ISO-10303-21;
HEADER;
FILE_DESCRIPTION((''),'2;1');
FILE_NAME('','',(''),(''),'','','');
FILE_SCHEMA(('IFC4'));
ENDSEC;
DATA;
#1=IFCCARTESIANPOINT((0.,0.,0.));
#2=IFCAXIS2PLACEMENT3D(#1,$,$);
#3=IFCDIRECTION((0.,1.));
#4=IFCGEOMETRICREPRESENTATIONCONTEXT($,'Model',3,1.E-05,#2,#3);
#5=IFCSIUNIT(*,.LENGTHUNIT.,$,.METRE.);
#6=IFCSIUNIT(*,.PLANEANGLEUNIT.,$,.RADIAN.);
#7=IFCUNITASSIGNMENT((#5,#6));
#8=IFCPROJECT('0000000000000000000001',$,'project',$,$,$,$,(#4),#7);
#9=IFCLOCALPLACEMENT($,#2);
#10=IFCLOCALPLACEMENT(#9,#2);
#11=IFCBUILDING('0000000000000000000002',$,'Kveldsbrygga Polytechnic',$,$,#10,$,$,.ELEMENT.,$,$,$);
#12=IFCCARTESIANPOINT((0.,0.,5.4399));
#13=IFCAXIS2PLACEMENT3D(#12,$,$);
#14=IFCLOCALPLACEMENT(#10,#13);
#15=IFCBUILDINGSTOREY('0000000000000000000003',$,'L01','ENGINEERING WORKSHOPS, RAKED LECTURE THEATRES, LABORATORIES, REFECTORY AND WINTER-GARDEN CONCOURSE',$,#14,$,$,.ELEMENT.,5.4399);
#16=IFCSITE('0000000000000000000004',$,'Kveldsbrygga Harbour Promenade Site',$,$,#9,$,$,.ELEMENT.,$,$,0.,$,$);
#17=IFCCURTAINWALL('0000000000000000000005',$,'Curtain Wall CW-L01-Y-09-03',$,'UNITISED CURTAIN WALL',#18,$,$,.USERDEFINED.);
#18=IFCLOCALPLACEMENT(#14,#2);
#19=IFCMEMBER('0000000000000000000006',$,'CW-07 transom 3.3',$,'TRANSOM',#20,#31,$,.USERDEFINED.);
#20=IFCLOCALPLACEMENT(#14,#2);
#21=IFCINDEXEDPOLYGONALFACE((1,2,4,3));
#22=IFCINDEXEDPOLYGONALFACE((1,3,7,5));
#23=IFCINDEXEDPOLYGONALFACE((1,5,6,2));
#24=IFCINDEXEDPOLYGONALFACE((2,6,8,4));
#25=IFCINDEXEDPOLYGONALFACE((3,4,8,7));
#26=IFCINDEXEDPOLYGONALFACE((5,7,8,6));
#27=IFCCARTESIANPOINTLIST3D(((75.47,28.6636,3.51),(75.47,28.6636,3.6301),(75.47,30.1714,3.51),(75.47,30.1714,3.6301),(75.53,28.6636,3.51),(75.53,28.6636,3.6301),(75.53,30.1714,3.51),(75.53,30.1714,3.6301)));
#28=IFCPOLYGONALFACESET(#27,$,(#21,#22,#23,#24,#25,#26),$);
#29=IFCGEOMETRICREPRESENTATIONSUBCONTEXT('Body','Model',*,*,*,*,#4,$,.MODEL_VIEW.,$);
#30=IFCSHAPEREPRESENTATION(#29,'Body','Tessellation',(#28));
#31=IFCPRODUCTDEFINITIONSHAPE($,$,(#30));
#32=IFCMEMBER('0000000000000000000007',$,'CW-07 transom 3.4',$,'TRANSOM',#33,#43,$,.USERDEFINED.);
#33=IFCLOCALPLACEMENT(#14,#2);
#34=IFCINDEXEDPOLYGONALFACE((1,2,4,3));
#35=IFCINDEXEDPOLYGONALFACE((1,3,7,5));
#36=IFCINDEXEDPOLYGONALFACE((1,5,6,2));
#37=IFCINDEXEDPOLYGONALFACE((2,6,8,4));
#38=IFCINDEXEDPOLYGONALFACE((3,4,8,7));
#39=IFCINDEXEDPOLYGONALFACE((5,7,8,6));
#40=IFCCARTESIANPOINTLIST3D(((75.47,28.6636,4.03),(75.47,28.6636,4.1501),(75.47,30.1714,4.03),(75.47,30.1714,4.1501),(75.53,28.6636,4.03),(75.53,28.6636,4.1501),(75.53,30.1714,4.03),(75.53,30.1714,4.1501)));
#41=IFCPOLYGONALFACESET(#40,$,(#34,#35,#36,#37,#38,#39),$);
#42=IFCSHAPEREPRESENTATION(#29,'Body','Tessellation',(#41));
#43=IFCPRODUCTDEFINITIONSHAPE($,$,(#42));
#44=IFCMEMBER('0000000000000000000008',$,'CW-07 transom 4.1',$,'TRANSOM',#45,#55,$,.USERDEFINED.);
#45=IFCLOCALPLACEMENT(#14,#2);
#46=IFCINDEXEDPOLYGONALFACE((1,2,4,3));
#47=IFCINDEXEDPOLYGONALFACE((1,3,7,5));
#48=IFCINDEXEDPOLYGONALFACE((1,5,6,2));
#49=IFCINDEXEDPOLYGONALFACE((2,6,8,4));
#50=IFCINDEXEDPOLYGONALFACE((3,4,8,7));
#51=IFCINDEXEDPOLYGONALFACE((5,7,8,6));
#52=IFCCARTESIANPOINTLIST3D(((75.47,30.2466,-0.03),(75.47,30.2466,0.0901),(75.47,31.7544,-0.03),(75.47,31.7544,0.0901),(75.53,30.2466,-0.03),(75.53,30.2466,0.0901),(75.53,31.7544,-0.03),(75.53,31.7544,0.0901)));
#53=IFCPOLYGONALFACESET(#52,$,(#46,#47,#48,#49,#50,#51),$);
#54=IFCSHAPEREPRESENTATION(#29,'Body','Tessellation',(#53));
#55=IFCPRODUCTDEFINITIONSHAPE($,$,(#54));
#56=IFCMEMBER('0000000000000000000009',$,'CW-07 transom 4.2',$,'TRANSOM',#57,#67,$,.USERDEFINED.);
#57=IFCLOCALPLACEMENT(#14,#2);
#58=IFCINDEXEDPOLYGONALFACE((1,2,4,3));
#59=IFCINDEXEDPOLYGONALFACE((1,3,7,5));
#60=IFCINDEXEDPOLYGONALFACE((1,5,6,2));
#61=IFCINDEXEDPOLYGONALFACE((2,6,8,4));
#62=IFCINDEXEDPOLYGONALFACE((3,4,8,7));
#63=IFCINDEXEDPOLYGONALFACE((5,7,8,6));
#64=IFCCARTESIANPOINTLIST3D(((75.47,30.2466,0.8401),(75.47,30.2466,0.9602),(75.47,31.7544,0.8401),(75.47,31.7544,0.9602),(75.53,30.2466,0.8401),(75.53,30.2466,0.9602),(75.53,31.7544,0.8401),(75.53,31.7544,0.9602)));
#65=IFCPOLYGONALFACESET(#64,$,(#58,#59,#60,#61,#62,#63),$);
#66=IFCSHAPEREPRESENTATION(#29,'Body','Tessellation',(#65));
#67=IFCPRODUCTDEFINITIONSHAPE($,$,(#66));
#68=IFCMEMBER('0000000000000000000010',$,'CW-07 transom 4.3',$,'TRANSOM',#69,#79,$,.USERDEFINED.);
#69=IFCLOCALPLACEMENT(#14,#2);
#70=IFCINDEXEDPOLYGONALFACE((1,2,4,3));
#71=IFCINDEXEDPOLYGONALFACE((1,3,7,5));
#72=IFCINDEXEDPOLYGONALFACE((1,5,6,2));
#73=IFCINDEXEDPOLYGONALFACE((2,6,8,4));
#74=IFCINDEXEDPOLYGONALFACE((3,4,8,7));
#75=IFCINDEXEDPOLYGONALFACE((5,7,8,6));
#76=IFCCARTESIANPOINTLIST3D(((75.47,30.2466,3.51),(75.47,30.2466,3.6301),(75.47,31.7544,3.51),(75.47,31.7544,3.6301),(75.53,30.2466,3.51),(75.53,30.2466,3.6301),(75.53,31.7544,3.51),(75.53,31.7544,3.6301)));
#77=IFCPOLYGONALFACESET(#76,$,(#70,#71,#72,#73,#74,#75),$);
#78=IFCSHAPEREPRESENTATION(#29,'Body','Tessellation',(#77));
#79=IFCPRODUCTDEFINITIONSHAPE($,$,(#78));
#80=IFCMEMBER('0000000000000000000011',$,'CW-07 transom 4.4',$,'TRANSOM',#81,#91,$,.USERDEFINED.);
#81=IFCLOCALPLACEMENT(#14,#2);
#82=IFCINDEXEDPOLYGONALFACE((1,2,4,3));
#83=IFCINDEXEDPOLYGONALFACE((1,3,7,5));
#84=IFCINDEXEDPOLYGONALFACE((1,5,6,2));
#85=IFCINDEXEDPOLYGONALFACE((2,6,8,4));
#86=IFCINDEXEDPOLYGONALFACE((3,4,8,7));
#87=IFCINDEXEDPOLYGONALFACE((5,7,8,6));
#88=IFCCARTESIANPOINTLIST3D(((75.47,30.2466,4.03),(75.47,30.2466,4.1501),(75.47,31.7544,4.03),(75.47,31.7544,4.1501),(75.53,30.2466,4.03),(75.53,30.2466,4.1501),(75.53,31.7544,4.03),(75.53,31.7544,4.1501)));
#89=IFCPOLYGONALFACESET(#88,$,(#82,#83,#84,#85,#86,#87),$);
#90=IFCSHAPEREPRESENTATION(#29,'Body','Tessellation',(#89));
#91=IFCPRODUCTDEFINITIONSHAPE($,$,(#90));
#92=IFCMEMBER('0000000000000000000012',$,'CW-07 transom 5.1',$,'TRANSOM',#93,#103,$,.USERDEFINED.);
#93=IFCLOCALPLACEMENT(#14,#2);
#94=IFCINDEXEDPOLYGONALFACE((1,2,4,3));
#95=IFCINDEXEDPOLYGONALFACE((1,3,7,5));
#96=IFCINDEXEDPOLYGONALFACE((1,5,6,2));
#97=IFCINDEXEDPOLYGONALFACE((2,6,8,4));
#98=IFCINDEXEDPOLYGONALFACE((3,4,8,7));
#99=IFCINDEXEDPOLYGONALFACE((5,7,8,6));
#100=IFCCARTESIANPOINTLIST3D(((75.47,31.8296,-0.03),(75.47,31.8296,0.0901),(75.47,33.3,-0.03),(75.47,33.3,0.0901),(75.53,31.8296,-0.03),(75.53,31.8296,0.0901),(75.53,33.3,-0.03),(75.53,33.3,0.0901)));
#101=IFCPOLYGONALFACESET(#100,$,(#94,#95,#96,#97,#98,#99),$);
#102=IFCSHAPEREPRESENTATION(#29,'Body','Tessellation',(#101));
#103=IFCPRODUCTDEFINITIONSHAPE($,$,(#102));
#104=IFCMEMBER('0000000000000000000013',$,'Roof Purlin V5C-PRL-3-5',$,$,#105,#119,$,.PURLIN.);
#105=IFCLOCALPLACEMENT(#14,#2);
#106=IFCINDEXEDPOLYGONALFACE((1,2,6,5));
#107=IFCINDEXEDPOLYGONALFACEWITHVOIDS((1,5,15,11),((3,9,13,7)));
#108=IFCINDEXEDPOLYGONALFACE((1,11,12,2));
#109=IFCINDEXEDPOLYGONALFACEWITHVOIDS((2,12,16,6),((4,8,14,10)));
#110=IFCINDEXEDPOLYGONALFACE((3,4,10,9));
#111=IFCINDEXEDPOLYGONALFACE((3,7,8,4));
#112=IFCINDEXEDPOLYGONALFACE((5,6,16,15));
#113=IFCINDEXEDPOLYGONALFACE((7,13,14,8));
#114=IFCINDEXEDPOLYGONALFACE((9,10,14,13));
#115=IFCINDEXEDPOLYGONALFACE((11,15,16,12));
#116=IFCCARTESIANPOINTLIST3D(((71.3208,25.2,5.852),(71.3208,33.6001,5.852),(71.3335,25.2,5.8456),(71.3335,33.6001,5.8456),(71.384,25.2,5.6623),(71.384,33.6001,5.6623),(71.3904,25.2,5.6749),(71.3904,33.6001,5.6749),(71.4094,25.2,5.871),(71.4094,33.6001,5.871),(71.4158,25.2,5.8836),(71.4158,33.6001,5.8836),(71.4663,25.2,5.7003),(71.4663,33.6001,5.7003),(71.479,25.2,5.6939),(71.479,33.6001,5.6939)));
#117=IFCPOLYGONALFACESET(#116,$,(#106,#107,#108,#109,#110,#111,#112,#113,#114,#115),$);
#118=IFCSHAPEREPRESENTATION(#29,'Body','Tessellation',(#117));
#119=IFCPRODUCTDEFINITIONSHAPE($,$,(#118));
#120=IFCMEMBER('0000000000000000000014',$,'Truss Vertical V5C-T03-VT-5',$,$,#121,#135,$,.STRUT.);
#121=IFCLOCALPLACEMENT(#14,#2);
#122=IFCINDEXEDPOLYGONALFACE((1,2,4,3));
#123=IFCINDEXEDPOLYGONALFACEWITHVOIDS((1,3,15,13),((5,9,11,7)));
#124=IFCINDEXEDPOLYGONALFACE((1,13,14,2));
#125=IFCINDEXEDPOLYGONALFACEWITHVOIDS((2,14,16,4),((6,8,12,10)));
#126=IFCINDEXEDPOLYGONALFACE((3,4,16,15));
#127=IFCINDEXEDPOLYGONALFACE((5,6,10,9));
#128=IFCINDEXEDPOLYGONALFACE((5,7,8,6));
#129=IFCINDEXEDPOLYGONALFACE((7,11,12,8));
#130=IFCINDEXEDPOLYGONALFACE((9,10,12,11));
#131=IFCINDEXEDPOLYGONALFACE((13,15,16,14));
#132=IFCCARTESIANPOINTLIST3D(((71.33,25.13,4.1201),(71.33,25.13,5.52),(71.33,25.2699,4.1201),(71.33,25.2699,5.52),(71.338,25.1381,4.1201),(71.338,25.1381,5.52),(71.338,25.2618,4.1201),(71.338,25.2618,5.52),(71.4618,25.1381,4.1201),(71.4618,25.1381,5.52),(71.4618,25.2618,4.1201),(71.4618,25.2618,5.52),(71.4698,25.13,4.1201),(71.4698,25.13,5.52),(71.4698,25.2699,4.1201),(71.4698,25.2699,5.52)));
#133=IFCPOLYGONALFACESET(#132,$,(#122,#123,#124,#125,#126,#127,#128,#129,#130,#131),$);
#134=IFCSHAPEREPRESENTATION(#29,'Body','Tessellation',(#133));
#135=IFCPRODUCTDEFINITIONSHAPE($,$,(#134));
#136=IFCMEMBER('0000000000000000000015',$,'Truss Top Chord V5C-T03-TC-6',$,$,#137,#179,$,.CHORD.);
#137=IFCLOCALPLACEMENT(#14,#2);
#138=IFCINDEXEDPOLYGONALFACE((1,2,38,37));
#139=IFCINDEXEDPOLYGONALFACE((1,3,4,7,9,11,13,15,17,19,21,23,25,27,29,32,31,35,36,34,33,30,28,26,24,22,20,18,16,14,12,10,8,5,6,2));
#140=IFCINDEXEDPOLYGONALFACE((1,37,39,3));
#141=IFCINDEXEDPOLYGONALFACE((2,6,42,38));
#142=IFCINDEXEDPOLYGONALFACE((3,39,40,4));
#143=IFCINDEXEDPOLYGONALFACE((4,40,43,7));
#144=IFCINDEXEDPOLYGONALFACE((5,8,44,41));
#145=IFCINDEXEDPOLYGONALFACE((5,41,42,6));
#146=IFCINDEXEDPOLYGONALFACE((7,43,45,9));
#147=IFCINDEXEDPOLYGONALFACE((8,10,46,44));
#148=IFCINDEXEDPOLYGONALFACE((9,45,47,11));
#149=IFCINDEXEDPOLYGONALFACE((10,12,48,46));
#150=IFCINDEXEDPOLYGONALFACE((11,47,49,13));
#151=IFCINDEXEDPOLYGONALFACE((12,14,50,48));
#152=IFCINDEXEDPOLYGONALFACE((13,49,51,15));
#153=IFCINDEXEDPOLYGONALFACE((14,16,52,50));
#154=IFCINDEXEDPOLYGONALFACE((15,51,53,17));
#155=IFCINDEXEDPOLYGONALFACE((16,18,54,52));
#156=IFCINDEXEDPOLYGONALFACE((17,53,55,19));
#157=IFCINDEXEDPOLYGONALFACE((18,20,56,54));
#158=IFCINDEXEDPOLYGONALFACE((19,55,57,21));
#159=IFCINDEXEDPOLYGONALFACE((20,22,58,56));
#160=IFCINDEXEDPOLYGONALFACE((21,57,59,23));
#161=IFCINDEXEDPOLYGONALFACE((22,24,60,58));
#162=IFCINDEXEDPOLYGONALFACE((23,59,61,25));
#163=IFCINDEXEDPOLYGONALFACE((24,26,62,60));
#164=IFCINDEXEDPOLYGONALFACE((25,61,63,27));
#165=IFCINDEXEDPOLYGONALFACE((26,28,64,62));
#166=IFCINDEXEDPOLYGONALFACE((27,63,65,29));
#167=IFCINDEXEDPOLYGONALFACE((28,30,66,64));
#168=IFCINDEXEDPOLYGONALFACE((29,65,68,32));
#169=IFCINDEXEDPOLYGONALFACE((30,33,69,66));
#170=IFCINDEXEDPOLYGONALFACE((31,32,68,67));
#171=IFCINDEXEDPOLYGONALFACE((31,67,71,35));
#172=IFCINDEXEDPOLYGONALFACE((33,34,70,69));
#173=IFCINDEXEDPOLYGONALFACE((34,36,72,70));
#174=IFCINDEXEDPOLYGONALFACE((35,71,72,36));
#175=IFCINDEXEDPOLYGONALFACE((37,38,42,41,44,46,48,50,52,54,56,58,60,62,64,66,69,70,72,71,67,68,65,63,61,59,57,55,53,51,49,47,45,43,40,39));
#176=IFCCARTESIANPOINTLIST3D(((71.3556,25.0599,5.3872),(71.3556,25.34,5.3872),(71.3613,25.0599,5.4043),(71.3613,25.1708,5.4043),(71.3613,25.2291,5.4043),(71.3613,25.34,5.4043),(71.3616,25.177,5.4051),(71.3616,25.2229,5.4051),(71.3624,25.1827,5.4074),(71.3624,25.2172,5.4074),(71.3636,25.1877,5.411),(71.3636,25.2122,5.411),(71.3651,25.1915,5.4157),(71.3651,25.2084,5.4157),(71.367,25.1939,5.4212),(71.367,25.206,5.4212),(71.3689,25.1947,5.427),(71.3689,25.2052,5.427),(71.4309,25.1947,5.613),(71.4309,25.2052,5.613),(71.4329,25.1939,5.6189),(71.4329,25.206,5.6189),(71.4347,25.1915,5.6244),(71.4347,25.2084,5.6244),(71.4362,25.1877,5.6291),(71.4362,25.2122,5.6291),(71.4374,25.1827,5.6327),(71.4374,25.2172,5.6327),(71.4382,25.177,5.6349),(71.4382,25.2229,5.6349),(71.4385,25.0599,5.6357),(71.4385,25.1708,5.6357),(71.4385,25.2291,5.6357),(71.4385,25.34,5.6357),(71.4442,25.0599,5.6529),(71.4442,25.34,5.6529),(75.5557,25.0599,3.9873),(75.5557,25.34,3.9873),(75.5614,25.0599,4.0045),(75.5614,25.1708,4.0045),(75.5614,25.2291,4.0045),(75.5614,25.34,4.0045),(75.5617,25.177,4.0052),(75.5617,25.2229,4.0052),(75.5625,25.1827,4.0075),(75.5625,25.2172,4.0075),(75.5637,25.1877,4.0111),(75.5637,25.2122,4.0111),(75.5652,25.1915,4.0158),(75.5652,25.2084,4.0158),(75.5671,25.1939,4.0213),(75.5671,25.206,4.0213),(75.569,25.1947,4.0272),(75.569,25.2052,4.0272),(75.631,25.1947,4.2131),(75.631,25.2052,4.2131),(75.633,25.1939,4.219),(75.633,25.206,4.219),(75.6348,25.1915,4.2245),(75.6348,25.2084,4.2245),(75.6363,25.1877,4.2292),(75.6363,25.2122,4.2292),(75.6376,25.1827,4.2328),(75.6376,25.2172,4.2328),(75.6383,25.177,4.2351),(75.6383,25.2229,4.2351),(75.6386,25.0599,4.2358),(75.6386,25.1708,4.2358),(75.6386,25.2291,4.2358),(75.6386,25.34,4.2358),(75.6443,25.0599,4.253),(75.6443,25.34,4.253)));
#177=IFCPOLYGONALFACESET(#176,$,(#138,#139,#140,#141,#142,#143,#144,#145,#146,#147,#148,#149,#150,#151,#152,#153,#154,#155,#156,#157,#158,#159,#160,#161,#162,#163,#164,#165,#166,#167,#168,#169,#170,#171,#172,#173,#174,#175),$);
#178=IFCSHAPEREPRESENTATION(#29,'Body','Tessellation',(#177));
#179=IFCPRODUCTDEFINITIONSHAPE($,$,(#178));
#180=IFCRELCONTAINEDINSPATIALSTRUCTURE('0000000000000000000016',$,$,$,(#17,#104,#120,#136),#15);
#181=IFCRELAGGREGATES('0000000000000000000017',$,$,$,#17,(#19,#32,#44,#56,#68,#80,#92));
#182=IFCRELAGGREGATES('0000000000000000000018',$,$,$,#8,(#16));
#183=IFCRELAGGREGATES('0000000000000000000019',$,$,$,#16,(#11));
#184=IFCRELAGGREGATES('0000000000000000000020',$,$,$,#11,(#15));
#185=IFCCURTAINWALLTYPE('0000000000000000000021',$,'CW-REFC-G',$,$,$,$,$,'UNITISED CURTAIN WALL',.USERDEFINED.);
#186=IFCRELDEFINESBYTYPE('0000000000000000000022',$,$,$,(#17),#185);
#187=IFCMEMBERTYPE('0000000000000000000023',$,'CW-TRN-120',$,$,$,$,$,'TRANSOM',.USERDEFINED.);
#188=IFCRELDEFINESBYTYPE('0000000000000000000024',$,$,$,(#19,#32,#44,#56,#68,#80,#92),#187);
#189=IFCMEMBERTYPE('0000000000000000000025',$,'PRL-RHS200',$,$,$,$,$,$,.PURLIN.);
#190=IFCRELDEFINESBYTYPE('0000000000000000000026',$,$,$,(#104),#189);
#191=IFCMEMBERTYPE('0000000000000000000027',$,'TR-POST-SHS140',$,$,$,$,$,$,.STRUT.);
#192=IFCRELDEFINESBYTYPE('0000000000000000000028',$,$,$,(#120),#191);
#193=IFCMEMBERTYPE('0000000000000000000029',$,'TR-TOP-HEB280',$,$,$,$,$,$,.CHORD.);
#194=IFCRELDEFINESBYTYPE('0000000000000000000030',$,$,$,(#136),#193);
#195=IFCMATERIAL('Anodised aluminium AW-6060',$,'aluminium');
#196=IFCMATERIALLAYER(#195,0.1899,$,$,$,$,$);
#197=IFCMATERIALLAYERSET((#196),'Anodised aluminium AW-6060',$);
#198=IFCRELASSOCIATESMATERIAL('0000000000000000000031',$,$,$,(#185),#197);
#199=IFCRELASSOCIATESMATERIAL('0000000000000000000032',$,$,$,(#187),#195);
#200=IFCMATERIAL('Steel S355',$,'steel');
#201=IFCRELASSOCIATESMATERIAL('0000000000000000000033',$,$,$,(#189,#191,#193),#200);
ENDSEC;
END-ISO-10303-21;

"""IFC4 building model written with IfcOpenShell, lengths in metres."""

from ifc_helpers import new_model, si_unit, direction, frame, origin, origin_2d, place, context, subcontext, project, spatial, rectangle, hollow_rectangle, i_section, extrude, material, layer, layer_set, material_profile, profile_set, type_object, element, aggregate, save


model = new_model("IFC4")

# Units and contexts
model_context = context("Model", 3, precision=1e-05, world=origin(), true_north=direction((0.0, 1.0)))
body_context = subcontext(model_context, "Body", "Model", "MODEL_VIEW")
ifc_project = project(units=[si_unit("LENGTHUNIT", "METRE"), si_unit("PLANEANGLEUNIT", "RADIAN")], contexts=[model_context])

# Site, building, storey
site_placement = place(None, origin())
site = spatial("IfcSite", under=ifc_project, at=site_placement, Name="Kveldsbrygga Harbour Promenade Site", CompositionType="ELEMENT", RefElevation=0.0)
building_placement = place(site_placement, origin())
building = spatial("IfcBuilding", under=site, at=building_placement, Name="Kveldsbrygga Polytechnic", CompositionType="ELEMENT")
storey_placement = place(building_placement, frame((0.0, 0.0, 5.4399)))
storey = spatial("IfcBuildingStorey", under=building, at=storey_placement, Name="L01", Description="ENGINEERING WORKSHOPS, RAKED LECTURE THEATRES, LABORATORIES, REFECTORY AND WINTER-GARDEN CONCOURSE", CompositionType="ELEMENT", Elevation=5.4399)

# Curtain wall, members
ifc_material_1 = material(Name="Anodised aluminium AW-6060", Category="aluminium")
ifc_layer_1 = layer(ifc_material_1, 0.1899)
ifc_layer_set_1 = layer_set([ifc_layer_1], Name="Anodised aluminium AW-6060")
curtain_wall_type = type_object("IfcCurtainWallType", Name="CW-REFC-G", ElementType="UNITISED CURTAIN WALL", PredefinedType="USERDEFINED", material=ifc_layer_set_1)
curtain_wall_placement = place(storey_placement, origin())
curtain_wall = element("IfcCurtainWall", 1, at=curtain_wall_placement, inside=storey, type_object=curtain_wall_type, Name="Curtain Wall CW-L01-Y-09-03", ObjectType="UNITISED CURTAIN WALL", PredefinedType="USERDEFINED")
ifc_material_profile_1 = material_profile(ifc_material_1, rectangle(XDim=0.0601, YDim=0.1201, at=origin_2d()), Name="ALU 60x120")
ifc_profile_set_1 = profile_set([ifc_material_profile_1], Name="Anodised aluminium AW-6060")
member_type_1 = type_object("IfcMemberType", Name="CW-TRN-120", ElementType="TRANSOM", PredefinedType="USERDEFINED", material=ifc_profile_set_1)
member_1_placement = place(storey_placement, frame((75.5, 28.6636, 3.5701), z_axis=(0.0, 1.0, 0.0), x_axis=(-1.0, 0.0, 0.0)))
member_1 = element("IfcMember", 2, at=member_1_placement, type_object=member_type_1, Name="CW-07 transom 3.3", ObjectType="TRANSOM", PredefinedType="USERDEFINED", context=body_context, shape_type="SweptSolid", body=[
    extrude(rectangle(XDim=0.0601, YDim=0.1201, at=origin_2d()), origin(), (0.0, 0.0, 1.0), 1.5078),
])
member_2_placement = place(storey_placement, frame((75.5, 28.6636, 4.0901), z_axis=(0.0, 1.0, 0.0), x_axis=(-1.0, 0.0, 0.0)))
member_2 = element("IfcMember", 3, at=member_2_placement, type_object=member_type_1, Name="CW-07 transom 3.4", ObjectType="TRANSOM", PredefinedType="USERDEFINED", context=body_context, shape_type="SweptSolid", body=[
    extrude(rectangle(XDim=0.0601, YDim=0.1201, at=origin_2d()), origin(), (0.0, 0.0, 1.0), 1.5078),
])
member_3_placement = place(storey_placement, frame((75.5, 30.2466, 0.03), z_axis=(0.0, 1.0, 0.0), x_axis=(-1.0, 0.0, 0.0)))
member_3 = element("IfcMember", 4, at=member_3_placement, type_object=member_type_1, Name="CW-07 transom 4.1", ObjectType="TRANSOM", PredefinedType="USERDEFINED", context=body_context, shape_type="SweptSolid", body=[
    extrude(rectangle(XDim=0.0601, YDim=0.1201, at=origin_2d()), origin(), (0.0, 0.0, 1.0), 1.5078),
])
member_4_placement = place(storey_placement, frame((75.5, 30.2466, 0.9001), z_axis=(0.0, 1.0, 0.0), x_axis=(-1.0, 0.0, 0.0)))
member_4 = element("IfcMember", 5, at=member_4_placement, type_object=member_type_1, Name="CW-07 transom 4.2", ObjectType="TRANSOM", PredefinedType="USERDEFINED", context=body_context, shape_type="SweptSolid", body=[
    extrude(rectangle(XDim=0.0601, YDim=0.1201, at=origin_2d()), origin(), (0.0, 0.0, 1.0), 1.5078),
])
member_5_placement = place(storey_placement, frame((75.5, 30.2466, 3.5701), z_axis=(0.0, 1.0, 0.0), x_axis=(-1.0, 0.0, 0.0)))
member_5 = element("IfcMember", 6, at=member_5_placement, type_object=member_type_1, Name="CW-07 transom 4.3", ObjectType="TRANSOM", PredefinedType="USERDEFINED", context=body_context, shape_type="SweptSolid", body=[
    extrude(rectangle(XDim=0.0601, YDim=0.1201, at=origin_2d()), origin(), (0.0, 0.0, 1.0), 1.5078),
])
member_6_placement = place(storey_placement, frame((75.5, 30.2466, 4.0901), z_axis=(0.0, 1.0, 0.0), x_axis=(-1.0, 0.0, 0.0)))
member_6 = element("IfcMember", 7, at=member_6_placement, type_object=member_type_1, Name="CW-07 transom 4.4", ObjectType="TRANSOM", PredefinedType="USERDEFINED", context=body_context, shape_type="SweptSolid", body=[
    extrude(rectangle(XDim=0.0601, YDim=0.1201, at=origin_2d()), origin(), (0.0, 0.0, 1.0), 1.5078),
])
member_7_placement = place(storey_placement, frame((75.5, 31.8296, 0.03), z_axis=(0.0, 1.0, 0.0), x_axis=(-1.0, 0.0, 0.0)))
member_7 = element("IfcMember", 8, at=member_7_placement, type_object=member_type_1, Name="CW-07 transom 5.1", ObjectType="TRANSOM", PredefinedType="USERDEFINED", context=body_context, shape_type="SweptSolid", body=[
    extrude(rectangle(XDim=0.0601, YDim=0.1201, at=origin_2d()), origin(), (0.0, 0.0, 1.0), 1.4705),
])

# Members
ifc_material_2 = material(Name="Steel S355", Category="steel")
ifc_material_profile_2 = material_profile(ifc_material_2, hollow_rectangle(XDim=0.1001, YDim=0.2, WallThickness=0.01, at=origin_2d()), Name="RHS 200x100x10.0")
ifc_profile_set_2 = profile_set([ifc_material_profile_2], Name="Steel S355")
member_type_2 = type_object("IfcMemberType", Name="PRL-RHS200", PredefinedType="PURLIN", material=ifc_profile_set_2)
member_8_placement = place(storey_placement, frame((71.3999, 25.2, 5.7729), z_axis=(0.0, 1.0, 0.0), x_axis=(-0.948684, 0.0, -0.316227)))
element("IfcMember", 9, at=member_8_placement, inside=storey, type_object=member_type_2, Name="Roof Purlin V5C-PRL-3-5", PredefinedType="PURLIN", context=body_context, shape_type="SweptSolid", body=[
    extrude(hollow_rectangle(XDim=0.1001, YDim=0.2, WallThickness=0.01, at=origin_2d()), origin(), (0.0, 0.0, 1.0), 8.4001),
])
ifc_material_profile_3 = material_profile(ifc_material_2, hollow_rectangle(XDim=0.1399, YDim=0.1399, WallThickness=0.0081, at=origin_2d()), Name="SHS 140x140x8.0")
ifc_profile_set_3 = profile_set([ifc_material_profile_3], Name="Steel S355")
member_type_3 = type_object("IfcMemberType", Name="TR-POST-SHS140", PredefinedType="STRUT", material=ifc_profile_set_3)
member_9_placement = place(storey_placement, frame((71.3999, 25.2, 4.1201), z_axis=(0.0, 0.0, 1.0), x_axis=(1.0, 0.0, 0.0)))
element("IfcMember", 10, at=member_9_placement, inside=storey, type_object=member_type_3, Name="Truss Vertical V5C-T03-VT-5", PredefinedType="STRUT", context=body_context, shape_type="SweptSolid", body=[
    extrude(hollow_rectangle(XDim=0.1399, YDim=0.1399, WallThickness=0.0081, at=origin_2d()), origin(), (0.0, 0.0, 1.0), 1.3999),
])
ifc_material_profile_4 = material_profile(ifc_material_2, i_section(OverallWidth=0.28, OverallDepth=0.28, WebThickness=0.0105, FlangeThickness=0.0181, FilletRadius=0.0239, at=origin_2d()), Name="HEB 280")
ifc_profile_set_4 = profile_set([ifc_material_profile_4], Name="Steel S355")
member_type_4 = type_object("IfcMemberType", Name="TR-TOP-HEB280", PredefinedType="CHORD", material=ifc_profile_set_4)
member_10_placement = place(storey_placement, frame((71.3999, 25.2, 5.52), z_axis=(0.948694, 0.0, -0.316195), x_axis=(0.0, 1.0, 0.0)))
element("IfcMember", 11, at=member_10_placement, inside=storey, type_object=member_type_4, Name="Truss Top Chord V5C-T03-TC-6", PredefinedType="CHORD", context=body_context, shape_type="SweptSolid", body=[
    extrude(i_section(OverallWidth=0.28, OverallDepth=0.28, WebThickness=0.0105, FlangeThickness=0.0181, FilletRadius=0.0239, at=origin_2d()), origin(), (0.0, 0.0, 1.0), 4.4272),
])

aggregate(curtain_wall, [member_1, member_2, member_3, member_4, member_5, member_6, member_7])

save(model, "model.ifc")
